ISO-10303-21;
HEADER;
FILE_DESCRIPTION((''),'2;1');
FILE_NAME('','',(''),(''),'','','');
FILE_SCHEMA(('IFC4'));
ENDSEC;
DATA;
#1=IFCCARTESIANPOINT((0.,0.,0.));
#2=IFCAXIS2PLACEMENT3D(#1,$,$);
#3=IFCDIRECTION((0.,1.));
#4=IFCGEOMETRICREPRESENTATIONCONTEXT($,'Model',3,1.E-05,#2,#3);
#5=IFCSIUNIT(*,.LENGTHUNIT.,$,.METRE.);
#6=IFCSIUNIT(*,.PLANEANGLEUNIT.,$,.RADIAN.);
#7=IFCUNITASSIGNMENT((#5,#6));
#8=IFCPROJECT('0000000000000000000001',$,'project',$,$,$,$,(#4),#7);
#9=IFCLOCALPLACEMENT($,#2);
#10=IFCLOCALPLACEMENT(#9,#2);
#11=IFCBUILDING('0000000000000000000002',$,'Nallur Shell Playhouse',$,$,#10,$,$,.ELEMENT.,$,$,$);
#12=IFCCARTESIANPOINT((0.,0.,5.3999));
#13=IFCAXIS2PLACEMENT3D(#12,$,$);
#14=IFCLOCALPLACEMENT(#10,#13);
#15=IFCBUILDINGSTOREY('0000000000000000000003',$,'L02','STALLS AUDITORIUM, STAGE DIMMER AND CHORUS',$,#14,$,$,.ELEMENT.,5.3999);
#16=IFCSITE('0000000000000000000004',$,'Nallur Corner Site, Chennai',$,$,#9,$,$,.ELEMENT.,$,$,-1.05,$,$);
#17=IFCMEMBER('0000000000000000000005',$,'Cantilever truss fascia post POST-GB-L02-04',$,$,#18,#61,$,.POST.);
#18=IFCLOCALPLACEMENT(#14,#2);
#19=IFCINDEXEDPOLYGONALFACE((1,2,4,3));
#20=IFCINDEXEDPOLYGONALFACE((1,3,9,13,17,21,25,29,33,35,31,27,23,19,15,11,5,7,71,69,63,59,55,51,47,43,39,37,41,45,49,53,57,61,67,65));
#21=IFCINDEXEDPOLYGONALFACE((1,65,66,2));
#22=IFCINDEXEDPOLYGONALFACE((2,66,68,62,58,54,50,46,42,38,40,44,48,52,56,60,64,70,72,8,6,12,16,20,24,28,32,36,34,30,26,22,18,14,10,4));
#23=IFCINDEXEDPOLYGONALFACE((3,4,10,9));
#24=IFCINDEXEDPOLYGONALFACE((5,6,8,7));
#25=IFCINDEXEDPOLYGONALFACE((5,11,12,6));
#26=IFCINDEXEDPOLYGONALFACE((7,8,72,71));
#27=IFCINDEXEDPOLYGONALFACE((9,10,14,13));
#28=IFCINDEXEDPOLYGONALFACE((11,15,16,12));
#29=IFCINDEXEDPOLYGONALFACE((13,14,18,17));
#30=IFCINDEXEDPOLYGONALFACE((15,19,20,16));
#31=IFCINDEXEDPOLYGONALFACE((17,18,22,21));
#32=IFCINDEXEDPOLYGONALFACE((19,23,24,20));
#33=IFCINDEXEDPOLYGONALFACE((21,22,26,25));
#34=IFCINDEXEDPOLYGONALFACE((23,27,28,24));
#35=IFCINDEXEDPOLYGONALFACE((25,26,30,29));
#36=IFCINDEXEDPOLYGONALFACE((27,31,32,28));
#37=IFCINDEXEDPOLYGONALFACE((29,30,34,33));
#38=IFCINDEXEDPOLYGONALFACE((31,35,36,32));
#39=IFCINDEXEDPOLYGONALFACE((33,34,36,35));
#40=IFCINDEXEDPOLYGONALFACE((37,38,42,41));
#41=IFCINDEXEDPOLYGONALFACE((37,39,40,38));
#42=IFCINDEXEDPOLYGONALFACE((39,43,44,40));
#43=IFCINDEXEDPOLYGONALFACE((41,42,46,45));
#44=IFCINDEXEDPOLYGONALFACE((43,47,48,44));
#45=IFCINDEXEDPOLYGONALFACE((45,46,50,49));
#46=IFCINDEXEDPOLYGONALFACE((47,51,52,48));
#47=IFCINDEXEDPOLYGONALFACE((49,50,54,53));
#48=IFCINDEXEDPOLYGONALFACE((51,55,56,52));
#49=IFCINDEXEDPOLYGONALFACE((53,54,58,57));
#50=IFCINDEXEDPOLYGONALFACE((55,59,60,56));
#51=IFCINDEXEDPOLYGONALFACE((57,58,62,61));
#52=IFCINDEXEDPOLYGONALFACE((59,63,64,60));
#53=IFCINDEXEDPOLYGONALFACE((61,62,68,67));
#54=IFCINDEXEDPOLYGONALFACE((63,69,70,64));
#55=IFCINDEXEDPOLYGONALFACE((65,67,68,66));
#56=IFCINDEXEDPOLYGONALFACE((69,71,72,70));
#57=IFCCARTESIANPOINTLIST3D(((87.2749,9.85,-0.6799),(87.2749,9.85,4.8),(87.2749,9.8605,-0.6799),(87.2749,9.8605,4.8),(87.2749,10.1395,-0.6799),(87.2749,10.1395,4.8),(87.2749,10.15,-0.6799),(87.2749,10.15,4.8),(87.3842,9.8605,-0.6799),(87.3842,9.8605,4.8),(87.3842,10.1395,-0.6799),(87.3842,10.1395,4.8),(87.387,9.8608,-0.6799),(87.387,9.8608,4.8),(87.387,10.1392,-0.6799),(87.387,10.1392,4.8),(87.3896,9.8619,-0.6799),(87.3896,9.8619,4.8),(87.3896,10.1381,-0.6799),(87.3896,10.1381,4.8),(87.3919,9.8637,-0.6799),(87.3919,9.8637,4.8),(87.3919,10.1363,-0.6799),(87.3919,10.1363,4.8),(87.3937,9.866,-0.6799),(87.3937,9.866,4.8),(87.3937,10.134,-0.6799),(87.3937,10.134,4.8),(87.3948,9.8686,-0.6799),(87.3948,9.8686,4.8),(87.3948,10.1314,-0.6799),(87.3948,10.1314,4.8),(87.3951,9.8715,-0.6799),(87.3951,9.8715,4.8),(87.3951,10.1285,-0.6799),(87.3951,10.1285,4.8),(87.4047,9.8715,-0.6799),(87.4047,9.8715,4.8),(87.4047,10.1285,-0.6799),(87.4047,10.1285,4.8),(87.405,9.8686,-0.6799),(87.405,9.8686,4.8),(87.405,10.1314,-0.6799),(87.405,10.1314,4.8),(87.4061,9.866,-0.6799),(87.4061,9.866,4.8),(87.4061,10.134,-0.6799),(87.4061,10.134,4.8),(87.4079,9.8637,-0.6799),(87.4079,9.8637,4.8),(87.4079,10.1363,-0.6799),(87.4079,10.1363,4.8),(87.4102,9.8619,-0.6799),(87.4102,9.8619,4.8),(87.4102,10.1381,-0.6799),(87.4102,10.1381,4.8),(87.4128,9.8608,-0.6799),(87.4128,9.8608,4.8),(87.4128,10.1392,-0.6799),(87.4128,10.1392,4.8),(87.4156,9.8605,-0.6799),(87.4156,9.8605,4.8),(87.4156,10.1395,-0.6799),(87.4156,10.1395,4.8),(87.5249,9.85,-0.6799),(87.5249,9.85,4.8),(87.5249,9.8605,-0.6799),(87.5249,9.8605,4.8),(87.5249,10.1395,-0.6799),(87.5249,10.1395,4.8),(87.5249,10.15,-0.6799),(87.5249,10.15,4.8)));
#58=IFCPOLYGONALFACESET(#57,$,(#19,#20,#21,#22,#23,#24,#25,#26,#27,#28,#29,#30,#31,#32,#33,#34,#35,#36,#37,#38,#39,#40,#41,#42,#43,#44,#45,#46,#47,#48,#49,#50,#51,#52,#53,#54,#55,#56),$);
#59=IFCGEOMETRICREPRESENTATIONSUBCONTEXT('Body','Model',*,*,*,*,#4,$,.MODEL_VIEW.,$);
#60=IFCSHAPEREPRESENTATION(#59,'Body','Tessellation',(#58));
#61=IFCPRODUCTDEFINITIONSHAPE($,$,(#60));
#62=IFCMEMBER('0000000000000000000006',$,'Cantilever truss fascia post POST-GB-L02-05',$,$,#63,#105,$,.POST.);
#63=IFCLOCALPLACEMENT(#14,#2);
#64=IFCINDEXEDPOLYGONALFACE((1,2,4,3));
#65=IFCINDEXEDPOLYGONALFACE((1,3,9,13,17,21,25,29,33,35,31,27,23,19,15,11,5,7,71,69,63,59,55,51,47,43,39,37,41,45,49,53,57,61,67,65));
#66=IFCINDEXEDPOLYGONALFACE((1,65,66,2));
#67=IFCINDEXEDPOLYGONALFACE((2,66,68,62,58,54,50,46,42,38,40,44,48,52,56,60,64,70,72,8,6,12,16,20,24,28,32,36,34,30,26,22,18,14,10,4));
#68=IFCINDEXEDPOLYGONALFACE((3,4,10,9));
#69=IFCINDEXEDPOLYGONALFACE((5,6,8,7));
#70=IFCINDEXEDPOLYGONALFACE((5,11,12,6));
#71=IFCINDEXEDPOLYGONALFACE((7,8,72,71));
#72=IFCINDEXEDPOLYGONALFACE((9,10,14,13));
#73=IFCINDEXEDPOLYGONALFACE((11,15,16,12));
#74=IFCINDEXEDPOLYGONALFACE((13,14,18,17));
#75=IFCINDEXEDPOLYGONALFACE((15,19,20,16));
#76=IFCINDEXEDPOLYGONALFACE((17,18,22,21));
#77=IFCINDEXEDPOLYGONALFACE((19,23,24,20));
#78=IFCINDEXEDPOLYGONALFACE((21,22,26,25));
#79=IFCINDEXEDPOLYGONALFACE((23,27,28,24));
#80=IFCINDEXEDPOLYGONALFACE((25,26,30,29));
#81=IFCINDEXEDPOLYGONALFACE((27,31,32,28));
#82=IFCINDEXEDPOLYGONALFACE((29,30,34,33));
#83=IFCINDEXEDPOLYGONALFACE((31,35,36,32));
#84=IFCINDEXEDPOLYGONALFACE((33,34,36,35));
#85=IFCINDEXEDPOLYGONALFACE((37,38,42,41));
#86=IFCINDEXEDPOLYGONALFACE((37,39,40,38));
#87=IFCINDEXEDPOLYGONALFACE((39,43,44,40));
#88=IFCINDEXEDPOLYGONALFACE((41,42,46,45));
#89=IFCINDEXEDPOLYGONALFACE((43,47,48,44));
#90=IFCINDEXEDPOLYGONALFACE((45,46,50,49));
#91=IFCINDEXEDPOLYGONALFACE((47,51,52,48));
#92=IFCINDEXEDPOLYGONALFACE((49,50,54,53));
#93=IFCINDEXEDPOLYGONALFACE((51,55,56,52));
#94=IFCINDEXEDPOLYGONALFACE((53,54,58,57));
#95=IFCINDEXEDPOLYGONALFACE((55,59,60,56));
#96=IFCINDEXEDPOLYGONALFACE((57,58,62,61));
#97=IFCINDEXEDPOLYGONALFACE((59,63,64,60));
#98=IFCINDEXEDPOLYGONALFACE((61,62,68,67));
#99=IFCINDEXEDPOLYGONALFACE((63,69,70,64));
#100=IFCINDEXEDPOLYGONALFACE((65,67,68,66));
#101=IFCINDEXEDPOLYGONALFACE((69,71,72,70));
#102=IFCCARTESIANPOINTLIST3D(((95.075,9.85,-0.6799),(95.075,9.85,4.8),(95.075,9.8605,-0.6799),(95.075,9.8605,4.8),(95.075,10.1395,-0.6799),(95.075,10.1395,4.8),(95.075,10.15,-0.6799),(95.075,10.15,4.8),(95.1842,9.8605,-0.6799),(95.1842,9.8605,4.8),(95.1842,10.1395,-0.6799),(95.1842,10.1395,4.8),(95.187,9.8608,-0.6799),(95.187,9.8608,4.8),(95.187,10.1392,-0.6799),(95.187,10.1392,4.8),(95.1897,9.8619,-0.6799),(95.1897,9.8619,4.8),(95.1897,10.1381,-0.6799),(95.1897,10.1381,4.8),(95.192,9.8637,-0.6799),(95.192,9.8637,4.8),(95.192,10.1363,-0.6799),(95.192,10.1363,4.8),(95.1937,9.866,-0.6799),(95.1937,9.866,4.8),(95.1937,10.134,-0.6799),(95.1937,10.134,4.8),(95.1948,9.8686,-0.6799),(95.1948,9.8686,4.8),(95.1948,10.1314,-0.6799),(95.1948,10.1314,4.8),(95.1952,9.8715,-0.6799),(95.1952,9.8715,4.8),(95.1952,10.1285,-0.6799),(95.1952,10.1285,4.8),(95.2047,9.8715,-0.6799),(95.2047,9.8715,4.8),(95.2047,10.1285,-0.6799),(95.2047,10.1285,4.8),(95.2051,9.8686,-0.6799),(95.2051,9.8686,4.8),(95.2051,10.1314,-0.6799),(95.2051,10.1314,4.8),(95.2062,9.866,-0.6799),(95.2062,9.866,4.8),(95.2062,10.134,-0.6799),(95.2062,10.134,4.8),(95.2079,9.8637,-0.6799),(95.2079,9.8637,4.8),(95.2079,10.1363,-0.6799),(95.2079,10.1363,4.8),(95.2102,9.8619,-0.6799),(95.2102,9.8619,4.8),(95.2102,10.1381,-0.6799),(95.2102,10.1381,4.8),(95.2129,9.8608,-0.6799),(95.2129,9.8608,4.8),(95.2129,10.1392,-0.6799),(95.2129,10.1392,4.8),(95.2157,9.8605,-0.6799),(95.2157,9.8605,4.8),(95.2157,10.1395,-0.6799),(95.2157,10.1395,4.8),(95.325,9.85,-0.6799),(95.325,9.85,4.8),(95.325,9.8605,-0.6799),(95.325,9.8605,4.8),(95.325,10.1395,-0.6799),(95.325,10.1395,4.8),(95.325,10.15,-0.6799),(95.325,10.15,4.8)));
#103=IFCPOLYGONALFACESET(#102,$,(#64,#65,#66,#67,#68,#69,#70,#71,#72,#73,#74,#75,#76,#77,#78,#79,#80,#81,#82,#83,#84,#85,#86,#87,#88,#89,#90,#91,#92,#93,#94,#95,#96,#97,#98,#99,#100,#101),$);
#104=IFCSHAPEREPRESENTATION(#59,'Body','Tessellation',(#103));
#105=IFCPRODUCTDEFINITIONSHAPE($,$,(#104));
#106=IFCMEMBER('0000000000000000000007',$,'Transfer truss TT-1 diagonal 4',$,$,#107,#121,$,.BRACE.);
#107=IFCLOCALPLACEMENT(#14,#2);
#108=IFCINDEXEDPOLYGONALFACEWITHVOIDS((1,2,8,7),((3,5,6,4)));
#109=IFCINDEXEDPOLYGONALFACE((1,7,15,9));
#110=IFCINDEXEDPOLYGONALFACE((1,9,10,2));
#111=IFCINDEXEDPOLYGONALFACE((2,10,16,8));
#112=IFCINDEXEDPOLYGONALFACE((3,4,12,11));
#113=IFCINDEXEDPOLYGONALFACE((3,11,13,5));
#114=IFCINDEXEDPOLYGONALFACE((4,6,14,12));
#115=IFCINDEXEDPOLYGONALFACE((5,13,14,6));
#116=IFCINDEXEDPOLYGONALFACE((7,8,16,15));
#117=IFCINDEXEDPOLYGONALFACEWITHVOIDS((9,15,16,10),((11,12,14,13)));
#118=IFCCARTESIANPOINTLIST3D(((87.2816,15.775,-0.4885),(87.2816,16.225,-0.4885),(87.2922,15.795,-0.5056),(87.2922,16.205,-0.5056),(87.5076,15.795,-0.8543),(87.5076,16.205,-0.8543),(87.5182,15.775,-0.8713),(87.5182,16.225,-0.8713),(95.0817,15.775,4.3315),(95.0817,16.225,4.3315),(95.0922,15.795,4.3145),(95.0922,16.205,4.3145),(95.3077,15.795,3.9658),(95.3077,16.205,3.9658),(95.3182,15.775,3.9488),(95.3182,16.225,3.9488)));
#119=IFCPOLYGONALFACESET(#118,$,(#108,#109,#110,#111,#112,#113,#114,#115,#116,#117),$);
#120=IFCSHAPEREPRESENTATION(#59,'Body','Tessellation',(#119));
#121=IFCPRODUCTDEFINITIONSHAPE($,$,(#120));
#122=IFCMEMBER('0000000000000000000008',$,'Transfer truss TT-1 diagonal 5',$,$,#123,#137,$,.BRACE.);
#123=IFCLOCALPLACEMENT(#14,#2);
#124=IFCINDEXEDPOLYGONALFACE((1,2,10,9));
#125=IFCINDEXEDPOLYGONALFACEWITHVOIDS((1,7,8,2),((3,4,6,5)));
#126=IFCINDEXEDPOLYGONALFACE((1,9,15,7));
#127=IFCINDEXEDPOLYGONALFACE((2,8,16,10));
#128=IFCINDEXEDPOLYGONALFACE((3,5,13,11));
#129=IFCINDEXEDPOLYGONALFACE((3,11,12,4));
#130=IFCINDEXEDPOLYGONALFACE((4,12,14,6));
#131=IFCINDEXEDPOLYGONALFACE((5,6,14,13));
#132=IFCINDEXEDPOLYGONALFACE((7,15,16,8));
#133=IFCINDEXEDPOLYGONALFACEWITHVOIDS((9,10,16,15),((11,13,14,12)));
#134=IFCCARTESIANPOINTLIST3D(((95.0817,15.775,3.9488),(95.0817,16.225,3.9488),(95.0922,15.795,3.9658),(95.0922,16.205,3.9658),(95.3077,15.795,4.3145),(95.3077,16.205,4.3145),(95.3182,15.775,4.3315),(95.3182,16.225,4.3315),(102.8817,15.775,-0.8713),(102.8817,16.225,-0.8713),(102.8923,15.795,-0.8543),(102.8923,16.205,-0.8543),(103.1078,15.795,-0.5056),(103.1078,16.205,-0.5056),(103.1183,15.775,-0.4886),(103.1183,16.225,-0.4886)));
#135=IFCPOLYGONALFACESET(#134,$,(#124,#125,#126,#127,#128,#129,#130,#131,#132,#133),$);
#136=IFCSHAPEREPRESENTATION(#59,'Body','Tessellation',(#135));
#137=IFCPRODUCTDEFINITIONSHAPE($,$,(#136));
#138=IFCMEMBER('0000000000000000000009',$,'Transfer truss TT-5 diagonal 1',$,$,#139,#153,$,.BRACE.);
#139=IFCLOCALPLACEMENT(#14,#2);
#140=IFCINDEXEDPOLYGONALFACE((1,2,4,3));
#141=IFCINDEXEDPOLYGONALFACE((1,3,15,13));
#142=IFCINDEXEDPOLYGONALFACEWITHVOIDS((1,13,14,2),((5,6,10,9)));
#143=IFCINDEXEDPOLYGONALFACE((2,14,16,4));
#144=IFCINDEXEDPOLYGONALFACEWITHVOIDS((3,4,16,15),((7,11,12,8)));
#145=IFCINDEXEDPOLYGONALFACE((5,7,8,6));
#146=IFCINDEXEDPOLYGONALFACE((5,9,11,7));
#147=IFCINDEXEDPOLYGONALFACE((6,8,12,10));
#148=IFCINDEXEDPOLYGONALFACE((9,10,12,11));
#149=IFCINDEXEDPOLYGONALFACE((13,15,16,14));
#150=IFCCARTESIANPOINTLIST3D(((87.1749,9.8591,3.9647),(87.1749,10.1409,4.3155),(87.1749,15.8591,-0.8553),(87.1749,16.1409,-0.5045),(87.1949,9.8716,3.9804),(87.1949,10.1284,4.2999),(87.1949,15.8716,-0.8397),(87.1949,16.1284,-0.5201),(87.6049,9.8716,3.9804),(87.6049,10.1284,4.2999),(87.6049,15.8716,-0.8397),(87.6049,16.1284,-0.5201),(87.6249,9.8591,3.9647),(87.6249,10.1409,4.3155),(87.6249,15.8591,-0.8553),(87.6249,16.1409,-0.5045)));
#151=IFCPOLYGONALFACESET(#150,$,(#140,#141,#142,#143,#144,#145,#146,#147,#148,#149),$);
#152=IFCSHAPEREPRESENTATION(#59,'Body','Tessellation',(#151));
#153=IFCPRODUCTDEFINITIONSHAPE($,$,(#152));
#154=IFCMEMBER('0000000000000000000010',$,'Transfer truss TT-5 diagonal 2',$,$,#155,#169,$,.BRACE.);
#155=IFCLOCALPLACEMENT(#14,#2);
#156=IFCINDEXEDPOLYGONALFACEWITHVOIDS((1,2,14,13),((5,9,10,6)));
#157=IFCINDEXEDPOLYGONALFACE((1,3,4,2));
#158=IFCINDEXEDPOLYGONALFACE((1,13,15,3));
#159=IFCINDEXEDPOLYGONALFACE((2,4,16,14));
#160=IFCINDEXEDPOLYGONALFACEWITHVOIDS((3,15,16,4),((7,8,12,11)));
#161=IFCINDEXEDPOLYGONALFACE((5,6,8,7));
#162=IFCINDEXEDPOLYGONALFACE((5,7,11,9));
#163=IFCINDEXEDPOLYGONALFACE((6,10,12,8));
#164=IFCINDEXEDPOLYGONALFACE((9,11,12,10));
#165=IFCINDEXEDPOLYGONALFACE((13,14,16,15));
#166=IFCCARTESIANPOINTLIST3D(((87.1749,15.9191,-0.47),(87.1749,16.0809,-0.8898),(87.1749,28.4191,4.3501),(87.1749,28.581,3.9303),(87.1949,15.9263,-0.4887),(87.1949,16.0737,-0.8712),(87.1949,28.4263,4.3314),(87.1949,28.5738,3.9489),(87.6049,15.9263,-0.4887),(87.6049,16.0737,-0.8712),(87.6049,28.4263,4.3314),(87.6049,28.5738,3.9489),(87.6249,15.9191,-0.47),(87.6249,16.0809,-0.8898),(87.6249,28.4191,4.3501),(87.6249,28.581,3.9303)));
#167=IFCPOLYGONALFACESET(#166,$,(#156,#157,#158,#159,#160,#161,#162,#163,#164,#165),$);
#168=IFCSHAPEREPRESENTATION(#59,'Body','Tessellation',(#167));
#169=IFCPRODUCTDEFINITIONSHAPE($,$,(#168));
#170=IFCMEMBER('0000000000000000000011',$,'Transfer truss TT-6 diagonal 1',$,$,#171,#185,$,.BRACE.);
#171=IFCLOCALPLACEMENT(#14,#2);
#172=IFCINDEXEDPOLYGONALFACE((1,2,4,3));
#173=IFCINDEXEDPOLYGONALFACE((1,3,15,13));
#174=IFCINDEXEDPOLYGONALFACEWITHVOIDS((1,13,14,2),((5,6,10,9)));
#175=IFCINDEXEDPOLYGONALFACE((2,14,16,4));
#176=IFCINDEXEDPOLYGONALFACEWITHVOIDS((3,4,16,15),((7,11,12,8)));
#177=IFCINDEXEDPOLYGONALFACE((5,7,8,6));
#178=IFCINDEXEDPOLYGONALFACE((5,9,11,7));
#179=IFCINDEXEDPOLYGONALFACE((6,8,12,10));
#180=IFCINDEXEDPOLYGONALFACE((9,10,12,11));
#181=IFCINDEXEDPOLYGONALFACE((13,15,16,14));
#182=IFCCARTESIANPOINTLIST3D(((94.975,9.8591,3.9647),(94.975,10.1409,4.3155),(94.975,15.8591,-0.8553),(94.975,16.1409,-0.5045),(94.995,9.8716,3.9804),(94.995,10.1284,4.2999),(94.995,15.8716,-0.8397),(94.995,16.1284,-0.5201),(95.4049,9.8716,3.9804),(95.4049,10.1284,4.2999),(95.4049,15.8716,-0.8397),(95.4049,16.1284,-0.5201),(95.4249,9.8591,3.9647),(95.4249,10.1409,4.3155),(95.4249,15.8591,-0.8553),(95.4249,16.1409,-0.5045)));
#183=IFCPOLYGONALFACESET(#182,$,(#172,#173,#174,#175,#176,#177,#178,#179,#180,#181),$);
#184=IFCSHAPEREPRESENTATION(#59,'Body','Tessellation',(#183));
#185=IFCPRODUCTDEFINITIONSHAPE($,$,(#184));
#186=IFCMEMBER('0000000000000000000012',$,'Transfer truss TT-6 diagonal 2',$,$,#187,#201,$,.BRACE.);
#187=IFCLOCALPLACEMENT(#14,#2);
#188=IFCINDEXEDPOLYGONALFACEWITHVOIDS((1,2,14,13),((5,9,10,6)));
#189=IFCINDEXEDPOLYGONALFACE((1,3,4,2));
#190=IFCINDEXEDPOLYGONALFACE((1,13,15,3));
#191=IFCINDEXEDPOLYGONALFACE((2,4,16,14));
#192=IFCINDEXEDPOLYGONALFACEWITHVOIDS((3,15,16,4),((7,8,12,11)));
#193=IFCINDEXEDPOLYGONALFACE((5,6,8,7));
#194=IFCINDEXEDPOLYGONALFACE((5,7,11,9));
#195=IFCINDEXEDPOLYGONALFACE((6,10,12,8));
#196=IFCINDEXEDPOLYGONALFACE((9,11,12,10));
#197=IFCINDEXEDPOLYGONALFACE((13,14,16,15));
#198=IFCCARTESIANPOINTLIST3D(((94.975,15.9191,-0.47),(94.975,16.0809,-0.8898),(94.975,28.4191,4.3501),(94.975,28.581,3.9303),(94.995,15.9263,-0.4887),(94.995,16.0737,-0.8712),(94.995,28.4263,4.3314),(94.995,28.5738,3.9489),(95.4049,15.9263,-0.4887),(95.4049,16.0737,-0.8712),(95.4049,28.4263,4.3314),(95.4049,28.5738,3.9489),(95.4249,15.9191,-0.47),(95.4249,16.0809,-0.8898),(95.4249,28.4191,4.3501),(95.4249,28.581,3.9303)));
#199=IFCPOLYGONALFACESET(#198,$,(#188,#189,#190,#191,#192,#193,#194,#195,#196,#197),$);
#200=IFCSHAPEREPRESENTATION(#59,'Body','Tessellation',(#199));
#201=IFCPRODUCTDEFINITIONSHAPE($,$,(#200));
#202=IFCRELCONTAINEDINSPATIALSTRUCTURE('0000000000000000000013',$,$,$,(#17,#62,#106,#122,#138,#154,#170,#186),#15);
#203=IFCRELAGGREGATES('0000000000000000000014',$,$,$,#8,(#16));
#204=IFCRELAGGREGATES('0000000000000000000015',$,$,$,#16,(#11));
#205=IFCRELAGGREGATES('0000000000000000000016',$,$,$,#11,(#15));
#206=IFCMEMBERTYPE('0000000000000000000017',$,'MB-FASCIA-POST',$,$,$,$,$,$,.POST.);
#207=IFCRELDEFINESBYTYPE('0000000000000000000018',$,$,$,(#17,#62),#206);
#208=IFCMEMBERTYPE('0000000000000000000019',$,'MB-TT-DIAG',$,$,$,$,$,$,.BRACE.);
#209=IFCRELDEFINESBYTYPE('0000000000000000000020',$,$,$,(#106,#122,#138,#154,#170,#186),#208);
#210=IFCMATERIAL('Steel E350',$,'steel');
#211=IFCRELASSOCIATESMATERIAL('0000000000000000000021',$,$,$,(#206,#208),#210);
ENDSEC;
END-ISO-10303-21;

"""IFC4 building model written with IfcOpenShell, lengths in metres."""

from ifc_helpers import new_model, si_unit, direction, frame, origin, origin_2d, place, context, subcontext, project, spatial, hollow_rectangle, i_section, extrude, material, material_profile, profile_set, type_object, element, save


model = new_model("IFC4")

# Units and contexts
model_context = context("Model", 3, precision=1e-05, world=origin(), true_north=direction((0.0, 1.0)))
body_context = subcontext(model_context, "Body", "Model", "MODEL_VIEW")
ifc_project = project(units=[si_unit("LENGTHUNIT", "METRE"), si_unit("PLANEANGLEUNIT", "RADIAN")], contexts=[model_context])

# Site, building, storey
site_placement = place(None, origin())
site = spatial("IfcSite", under=ifc_project, at=site_placement, Name="Nallur Corner Site, Chennai", CompositionType="ELEMENT", RefElevation=-1.05)
building_placement = place(site_placement, origin())
building = spatial("IfcBuilding", under=site, at=building_placement, Name="Nallur Shell Playhouse", CompositionType="ELEMENT")
storey_placement = place(building_placement, frame((0.0, 0.0, 5.3999)))
storey = spatial("IfcBuildingStorey", under=building, at=storey_placement, Name="L02", Description="STALLS AUDITORIUM, STAGE DIMMER AND CHORUS", CompositionType="ELEMENT", Elevation=5.3999)

# Shared definitions
ifc_material_1 = material(Name="Steel E350", Category="steel")

# Members
ifc_material_profile_1 = material_profile(ifc_material_1, i_section(OverallWidth=0.25, OverallDepth=0.3, WebThickness=0.0095, FlangeThickness=0.0105, FilletRadius=0.011, at=origin_2d()), Name="ISHB 300")
ifc_profile_set_1 = profile_set([ifc_material_profile_1], Name="Steel E350")
member_type_1 = type_object("IfcMemberType", Name="MB-FASCIA-POST", PredefinedType="POST", material=ifc_profile_set_1)
for number, where, z_axis, x_axis, name in (
    (1, (87.3999, 10.0, -0.6799), (0.0, 0.0, 1.0), (1.0, 0.0, 0.0), "Cantilever truss fascia post POST-GB-L02-04"),
    (2, (95.2, 10.0, -0.6799), (0.0, 0.0, 1.0), (1.0, 0.0, 0.0), "Cantilever truss fascia post POST-GB-L02-05"),
):
    element("IfcMember", number, at=place(storey_placement, frame(where, z_axis=z_axis, x_axis=x_axis)), inside=storey, type_object=member_type_1, Name=name, PredefinedType="POST", context=body_context, shape_type="SweptSolid", body=[
        extrude(i_section(OverallWidth=0.25, OverallDepth=0.3, WebThickness=0.0095, FlangeThickness=0.0105, FilletRadius=0.011, at=origin_2d()), origin(), (0.0, 0.0, 1.0), 5.48),
    ])
ifc_material_profile_2 = material_profile(ifc_material_1, hollow_rectangle(XDim=0.45, YDim=0.45, WallThickness=0.02, at=origin_2d()), Name="BOX 450x450x20")
ifc_profile_set_2 = profile_set([ifc_material_profile_2], Name="Steel E350")
member_type_2 = type_object("IfcMemberType", Name="MB-TT-DIAG", PredefinedType="BRACE", material=ifc_profile_set_2)
for number, where, z_axis, x_axis, name in (
    (3, (87.3999, 16.0, -0.6799), (0.850681, 0.0, 0.525682), (0.0, 1.0, 0.0), "Transfer truss TT-1 diagonal 4"),
    (4, (95.2, 16.0, 4.1401), (0.850681, 0.0, -0.525682), (0.0, 1.0, 0.0), "Transfer truss TT-1 diagonal 5"),
):
    element("IfcMember", number, at=place(storey_placement, frame(where, z_axis=z_axis, x_axis=x_axis)), inside=storey, type_object=member_type_2, Name=name, PredefinedType="BRACE", context=body_context, shape_type="SweptSolid", body=[
        extrude(hollow_rectangle(XDim=0.45, YDim=0.45, WallThickness=0.02, at=origin_2d()), origin(), (0.0, 0.0, 1.0), 9.1692),
    ])
member_1_placement = place(storey_placement, frame((87.3999, 10.0, 4.1401), z_axis=(0.0, 0.779595, -0.626284), x_axis=(-1.0, 0.0, 0.0)))
element("IfcMember", 5, at=member_1_placement, inside=storey, type_object=member_type_2, Name="Transfer truss TT-5 diagonal 1", PredefinedType="BRACE", context=body_context, shape_type="SweptSolid", body=[
    extrude(hollow_rectangle(XDim=0.45, YDim=0.45, WallThickness=0.02, at=origin_2d()), origin(), (0.0, 0.0, 1.0), 7.6963),
])
member_2_placement = place(storey_placement, frame((87.3999, 16.0, -0.6799), z_axis=(0.0, 0.933036, 0.359784), x_axis=(-1.0, 0.0, 0.0)))
element("IfcMember", 6, at=member_2_placement, inside=storey, type_object=member_type_2, Name="Transfer truss TT-5 diagonal 2", PredefinedType="BRACE", context=body_context, shape_type="SweptSolid", body=[
    extrude(hollow_rectangle(XDim=0.45, YDim=0.45, WallThickness=0.02, at=origin_2d()), origin(), (0.0, 0.0, 1.0), 13.3972),
])
member_3_placement = place(storey_placement, frame((95.2, 10.0, 4.1401), z_axis=(0.0, 0.779595, -0.626284), x_axis=(-1.0, 0.0, 0.0)))
element("IfcMember", 7, at=member_3_placement, inside=storey, type_object=member_type_2, Name="Transfer truss TT-6 diagonal 1", PredefinedType="BRACE", context=body_context, shape_type="SweptSolid", body=[
    extrude(hollow_rectangle(XDim=0.45, YDim=0.45, WallThickness=0.02, at=origin_2d()), origin(), (0.0, 0.0, 1.0), 7.6963),
])
member_4_placement = place(storey_placement, frame((95.2, 16.0, -0.6799), z_axis=(0.0, 0.933036, 0.359784), x_axis=(-1.0, 0.0, 0.0)))
element("IfcMember", 8, at=member_4_placement, inside=storey, type_object=member_type_2, Name="Transfer truss TT-6 diagonal 2", PredefinedType="BRACE", context=body_context, shape_type="SweptSolid", body=[
    extrude(hollow_rectangle(XDim=0.45, YDim=0.45, WallThickness=0.02, at=origin_2d()), origin(), (0.0, 0.0, 1.0), 13.3972),
])

save(model, "model.ifc")
